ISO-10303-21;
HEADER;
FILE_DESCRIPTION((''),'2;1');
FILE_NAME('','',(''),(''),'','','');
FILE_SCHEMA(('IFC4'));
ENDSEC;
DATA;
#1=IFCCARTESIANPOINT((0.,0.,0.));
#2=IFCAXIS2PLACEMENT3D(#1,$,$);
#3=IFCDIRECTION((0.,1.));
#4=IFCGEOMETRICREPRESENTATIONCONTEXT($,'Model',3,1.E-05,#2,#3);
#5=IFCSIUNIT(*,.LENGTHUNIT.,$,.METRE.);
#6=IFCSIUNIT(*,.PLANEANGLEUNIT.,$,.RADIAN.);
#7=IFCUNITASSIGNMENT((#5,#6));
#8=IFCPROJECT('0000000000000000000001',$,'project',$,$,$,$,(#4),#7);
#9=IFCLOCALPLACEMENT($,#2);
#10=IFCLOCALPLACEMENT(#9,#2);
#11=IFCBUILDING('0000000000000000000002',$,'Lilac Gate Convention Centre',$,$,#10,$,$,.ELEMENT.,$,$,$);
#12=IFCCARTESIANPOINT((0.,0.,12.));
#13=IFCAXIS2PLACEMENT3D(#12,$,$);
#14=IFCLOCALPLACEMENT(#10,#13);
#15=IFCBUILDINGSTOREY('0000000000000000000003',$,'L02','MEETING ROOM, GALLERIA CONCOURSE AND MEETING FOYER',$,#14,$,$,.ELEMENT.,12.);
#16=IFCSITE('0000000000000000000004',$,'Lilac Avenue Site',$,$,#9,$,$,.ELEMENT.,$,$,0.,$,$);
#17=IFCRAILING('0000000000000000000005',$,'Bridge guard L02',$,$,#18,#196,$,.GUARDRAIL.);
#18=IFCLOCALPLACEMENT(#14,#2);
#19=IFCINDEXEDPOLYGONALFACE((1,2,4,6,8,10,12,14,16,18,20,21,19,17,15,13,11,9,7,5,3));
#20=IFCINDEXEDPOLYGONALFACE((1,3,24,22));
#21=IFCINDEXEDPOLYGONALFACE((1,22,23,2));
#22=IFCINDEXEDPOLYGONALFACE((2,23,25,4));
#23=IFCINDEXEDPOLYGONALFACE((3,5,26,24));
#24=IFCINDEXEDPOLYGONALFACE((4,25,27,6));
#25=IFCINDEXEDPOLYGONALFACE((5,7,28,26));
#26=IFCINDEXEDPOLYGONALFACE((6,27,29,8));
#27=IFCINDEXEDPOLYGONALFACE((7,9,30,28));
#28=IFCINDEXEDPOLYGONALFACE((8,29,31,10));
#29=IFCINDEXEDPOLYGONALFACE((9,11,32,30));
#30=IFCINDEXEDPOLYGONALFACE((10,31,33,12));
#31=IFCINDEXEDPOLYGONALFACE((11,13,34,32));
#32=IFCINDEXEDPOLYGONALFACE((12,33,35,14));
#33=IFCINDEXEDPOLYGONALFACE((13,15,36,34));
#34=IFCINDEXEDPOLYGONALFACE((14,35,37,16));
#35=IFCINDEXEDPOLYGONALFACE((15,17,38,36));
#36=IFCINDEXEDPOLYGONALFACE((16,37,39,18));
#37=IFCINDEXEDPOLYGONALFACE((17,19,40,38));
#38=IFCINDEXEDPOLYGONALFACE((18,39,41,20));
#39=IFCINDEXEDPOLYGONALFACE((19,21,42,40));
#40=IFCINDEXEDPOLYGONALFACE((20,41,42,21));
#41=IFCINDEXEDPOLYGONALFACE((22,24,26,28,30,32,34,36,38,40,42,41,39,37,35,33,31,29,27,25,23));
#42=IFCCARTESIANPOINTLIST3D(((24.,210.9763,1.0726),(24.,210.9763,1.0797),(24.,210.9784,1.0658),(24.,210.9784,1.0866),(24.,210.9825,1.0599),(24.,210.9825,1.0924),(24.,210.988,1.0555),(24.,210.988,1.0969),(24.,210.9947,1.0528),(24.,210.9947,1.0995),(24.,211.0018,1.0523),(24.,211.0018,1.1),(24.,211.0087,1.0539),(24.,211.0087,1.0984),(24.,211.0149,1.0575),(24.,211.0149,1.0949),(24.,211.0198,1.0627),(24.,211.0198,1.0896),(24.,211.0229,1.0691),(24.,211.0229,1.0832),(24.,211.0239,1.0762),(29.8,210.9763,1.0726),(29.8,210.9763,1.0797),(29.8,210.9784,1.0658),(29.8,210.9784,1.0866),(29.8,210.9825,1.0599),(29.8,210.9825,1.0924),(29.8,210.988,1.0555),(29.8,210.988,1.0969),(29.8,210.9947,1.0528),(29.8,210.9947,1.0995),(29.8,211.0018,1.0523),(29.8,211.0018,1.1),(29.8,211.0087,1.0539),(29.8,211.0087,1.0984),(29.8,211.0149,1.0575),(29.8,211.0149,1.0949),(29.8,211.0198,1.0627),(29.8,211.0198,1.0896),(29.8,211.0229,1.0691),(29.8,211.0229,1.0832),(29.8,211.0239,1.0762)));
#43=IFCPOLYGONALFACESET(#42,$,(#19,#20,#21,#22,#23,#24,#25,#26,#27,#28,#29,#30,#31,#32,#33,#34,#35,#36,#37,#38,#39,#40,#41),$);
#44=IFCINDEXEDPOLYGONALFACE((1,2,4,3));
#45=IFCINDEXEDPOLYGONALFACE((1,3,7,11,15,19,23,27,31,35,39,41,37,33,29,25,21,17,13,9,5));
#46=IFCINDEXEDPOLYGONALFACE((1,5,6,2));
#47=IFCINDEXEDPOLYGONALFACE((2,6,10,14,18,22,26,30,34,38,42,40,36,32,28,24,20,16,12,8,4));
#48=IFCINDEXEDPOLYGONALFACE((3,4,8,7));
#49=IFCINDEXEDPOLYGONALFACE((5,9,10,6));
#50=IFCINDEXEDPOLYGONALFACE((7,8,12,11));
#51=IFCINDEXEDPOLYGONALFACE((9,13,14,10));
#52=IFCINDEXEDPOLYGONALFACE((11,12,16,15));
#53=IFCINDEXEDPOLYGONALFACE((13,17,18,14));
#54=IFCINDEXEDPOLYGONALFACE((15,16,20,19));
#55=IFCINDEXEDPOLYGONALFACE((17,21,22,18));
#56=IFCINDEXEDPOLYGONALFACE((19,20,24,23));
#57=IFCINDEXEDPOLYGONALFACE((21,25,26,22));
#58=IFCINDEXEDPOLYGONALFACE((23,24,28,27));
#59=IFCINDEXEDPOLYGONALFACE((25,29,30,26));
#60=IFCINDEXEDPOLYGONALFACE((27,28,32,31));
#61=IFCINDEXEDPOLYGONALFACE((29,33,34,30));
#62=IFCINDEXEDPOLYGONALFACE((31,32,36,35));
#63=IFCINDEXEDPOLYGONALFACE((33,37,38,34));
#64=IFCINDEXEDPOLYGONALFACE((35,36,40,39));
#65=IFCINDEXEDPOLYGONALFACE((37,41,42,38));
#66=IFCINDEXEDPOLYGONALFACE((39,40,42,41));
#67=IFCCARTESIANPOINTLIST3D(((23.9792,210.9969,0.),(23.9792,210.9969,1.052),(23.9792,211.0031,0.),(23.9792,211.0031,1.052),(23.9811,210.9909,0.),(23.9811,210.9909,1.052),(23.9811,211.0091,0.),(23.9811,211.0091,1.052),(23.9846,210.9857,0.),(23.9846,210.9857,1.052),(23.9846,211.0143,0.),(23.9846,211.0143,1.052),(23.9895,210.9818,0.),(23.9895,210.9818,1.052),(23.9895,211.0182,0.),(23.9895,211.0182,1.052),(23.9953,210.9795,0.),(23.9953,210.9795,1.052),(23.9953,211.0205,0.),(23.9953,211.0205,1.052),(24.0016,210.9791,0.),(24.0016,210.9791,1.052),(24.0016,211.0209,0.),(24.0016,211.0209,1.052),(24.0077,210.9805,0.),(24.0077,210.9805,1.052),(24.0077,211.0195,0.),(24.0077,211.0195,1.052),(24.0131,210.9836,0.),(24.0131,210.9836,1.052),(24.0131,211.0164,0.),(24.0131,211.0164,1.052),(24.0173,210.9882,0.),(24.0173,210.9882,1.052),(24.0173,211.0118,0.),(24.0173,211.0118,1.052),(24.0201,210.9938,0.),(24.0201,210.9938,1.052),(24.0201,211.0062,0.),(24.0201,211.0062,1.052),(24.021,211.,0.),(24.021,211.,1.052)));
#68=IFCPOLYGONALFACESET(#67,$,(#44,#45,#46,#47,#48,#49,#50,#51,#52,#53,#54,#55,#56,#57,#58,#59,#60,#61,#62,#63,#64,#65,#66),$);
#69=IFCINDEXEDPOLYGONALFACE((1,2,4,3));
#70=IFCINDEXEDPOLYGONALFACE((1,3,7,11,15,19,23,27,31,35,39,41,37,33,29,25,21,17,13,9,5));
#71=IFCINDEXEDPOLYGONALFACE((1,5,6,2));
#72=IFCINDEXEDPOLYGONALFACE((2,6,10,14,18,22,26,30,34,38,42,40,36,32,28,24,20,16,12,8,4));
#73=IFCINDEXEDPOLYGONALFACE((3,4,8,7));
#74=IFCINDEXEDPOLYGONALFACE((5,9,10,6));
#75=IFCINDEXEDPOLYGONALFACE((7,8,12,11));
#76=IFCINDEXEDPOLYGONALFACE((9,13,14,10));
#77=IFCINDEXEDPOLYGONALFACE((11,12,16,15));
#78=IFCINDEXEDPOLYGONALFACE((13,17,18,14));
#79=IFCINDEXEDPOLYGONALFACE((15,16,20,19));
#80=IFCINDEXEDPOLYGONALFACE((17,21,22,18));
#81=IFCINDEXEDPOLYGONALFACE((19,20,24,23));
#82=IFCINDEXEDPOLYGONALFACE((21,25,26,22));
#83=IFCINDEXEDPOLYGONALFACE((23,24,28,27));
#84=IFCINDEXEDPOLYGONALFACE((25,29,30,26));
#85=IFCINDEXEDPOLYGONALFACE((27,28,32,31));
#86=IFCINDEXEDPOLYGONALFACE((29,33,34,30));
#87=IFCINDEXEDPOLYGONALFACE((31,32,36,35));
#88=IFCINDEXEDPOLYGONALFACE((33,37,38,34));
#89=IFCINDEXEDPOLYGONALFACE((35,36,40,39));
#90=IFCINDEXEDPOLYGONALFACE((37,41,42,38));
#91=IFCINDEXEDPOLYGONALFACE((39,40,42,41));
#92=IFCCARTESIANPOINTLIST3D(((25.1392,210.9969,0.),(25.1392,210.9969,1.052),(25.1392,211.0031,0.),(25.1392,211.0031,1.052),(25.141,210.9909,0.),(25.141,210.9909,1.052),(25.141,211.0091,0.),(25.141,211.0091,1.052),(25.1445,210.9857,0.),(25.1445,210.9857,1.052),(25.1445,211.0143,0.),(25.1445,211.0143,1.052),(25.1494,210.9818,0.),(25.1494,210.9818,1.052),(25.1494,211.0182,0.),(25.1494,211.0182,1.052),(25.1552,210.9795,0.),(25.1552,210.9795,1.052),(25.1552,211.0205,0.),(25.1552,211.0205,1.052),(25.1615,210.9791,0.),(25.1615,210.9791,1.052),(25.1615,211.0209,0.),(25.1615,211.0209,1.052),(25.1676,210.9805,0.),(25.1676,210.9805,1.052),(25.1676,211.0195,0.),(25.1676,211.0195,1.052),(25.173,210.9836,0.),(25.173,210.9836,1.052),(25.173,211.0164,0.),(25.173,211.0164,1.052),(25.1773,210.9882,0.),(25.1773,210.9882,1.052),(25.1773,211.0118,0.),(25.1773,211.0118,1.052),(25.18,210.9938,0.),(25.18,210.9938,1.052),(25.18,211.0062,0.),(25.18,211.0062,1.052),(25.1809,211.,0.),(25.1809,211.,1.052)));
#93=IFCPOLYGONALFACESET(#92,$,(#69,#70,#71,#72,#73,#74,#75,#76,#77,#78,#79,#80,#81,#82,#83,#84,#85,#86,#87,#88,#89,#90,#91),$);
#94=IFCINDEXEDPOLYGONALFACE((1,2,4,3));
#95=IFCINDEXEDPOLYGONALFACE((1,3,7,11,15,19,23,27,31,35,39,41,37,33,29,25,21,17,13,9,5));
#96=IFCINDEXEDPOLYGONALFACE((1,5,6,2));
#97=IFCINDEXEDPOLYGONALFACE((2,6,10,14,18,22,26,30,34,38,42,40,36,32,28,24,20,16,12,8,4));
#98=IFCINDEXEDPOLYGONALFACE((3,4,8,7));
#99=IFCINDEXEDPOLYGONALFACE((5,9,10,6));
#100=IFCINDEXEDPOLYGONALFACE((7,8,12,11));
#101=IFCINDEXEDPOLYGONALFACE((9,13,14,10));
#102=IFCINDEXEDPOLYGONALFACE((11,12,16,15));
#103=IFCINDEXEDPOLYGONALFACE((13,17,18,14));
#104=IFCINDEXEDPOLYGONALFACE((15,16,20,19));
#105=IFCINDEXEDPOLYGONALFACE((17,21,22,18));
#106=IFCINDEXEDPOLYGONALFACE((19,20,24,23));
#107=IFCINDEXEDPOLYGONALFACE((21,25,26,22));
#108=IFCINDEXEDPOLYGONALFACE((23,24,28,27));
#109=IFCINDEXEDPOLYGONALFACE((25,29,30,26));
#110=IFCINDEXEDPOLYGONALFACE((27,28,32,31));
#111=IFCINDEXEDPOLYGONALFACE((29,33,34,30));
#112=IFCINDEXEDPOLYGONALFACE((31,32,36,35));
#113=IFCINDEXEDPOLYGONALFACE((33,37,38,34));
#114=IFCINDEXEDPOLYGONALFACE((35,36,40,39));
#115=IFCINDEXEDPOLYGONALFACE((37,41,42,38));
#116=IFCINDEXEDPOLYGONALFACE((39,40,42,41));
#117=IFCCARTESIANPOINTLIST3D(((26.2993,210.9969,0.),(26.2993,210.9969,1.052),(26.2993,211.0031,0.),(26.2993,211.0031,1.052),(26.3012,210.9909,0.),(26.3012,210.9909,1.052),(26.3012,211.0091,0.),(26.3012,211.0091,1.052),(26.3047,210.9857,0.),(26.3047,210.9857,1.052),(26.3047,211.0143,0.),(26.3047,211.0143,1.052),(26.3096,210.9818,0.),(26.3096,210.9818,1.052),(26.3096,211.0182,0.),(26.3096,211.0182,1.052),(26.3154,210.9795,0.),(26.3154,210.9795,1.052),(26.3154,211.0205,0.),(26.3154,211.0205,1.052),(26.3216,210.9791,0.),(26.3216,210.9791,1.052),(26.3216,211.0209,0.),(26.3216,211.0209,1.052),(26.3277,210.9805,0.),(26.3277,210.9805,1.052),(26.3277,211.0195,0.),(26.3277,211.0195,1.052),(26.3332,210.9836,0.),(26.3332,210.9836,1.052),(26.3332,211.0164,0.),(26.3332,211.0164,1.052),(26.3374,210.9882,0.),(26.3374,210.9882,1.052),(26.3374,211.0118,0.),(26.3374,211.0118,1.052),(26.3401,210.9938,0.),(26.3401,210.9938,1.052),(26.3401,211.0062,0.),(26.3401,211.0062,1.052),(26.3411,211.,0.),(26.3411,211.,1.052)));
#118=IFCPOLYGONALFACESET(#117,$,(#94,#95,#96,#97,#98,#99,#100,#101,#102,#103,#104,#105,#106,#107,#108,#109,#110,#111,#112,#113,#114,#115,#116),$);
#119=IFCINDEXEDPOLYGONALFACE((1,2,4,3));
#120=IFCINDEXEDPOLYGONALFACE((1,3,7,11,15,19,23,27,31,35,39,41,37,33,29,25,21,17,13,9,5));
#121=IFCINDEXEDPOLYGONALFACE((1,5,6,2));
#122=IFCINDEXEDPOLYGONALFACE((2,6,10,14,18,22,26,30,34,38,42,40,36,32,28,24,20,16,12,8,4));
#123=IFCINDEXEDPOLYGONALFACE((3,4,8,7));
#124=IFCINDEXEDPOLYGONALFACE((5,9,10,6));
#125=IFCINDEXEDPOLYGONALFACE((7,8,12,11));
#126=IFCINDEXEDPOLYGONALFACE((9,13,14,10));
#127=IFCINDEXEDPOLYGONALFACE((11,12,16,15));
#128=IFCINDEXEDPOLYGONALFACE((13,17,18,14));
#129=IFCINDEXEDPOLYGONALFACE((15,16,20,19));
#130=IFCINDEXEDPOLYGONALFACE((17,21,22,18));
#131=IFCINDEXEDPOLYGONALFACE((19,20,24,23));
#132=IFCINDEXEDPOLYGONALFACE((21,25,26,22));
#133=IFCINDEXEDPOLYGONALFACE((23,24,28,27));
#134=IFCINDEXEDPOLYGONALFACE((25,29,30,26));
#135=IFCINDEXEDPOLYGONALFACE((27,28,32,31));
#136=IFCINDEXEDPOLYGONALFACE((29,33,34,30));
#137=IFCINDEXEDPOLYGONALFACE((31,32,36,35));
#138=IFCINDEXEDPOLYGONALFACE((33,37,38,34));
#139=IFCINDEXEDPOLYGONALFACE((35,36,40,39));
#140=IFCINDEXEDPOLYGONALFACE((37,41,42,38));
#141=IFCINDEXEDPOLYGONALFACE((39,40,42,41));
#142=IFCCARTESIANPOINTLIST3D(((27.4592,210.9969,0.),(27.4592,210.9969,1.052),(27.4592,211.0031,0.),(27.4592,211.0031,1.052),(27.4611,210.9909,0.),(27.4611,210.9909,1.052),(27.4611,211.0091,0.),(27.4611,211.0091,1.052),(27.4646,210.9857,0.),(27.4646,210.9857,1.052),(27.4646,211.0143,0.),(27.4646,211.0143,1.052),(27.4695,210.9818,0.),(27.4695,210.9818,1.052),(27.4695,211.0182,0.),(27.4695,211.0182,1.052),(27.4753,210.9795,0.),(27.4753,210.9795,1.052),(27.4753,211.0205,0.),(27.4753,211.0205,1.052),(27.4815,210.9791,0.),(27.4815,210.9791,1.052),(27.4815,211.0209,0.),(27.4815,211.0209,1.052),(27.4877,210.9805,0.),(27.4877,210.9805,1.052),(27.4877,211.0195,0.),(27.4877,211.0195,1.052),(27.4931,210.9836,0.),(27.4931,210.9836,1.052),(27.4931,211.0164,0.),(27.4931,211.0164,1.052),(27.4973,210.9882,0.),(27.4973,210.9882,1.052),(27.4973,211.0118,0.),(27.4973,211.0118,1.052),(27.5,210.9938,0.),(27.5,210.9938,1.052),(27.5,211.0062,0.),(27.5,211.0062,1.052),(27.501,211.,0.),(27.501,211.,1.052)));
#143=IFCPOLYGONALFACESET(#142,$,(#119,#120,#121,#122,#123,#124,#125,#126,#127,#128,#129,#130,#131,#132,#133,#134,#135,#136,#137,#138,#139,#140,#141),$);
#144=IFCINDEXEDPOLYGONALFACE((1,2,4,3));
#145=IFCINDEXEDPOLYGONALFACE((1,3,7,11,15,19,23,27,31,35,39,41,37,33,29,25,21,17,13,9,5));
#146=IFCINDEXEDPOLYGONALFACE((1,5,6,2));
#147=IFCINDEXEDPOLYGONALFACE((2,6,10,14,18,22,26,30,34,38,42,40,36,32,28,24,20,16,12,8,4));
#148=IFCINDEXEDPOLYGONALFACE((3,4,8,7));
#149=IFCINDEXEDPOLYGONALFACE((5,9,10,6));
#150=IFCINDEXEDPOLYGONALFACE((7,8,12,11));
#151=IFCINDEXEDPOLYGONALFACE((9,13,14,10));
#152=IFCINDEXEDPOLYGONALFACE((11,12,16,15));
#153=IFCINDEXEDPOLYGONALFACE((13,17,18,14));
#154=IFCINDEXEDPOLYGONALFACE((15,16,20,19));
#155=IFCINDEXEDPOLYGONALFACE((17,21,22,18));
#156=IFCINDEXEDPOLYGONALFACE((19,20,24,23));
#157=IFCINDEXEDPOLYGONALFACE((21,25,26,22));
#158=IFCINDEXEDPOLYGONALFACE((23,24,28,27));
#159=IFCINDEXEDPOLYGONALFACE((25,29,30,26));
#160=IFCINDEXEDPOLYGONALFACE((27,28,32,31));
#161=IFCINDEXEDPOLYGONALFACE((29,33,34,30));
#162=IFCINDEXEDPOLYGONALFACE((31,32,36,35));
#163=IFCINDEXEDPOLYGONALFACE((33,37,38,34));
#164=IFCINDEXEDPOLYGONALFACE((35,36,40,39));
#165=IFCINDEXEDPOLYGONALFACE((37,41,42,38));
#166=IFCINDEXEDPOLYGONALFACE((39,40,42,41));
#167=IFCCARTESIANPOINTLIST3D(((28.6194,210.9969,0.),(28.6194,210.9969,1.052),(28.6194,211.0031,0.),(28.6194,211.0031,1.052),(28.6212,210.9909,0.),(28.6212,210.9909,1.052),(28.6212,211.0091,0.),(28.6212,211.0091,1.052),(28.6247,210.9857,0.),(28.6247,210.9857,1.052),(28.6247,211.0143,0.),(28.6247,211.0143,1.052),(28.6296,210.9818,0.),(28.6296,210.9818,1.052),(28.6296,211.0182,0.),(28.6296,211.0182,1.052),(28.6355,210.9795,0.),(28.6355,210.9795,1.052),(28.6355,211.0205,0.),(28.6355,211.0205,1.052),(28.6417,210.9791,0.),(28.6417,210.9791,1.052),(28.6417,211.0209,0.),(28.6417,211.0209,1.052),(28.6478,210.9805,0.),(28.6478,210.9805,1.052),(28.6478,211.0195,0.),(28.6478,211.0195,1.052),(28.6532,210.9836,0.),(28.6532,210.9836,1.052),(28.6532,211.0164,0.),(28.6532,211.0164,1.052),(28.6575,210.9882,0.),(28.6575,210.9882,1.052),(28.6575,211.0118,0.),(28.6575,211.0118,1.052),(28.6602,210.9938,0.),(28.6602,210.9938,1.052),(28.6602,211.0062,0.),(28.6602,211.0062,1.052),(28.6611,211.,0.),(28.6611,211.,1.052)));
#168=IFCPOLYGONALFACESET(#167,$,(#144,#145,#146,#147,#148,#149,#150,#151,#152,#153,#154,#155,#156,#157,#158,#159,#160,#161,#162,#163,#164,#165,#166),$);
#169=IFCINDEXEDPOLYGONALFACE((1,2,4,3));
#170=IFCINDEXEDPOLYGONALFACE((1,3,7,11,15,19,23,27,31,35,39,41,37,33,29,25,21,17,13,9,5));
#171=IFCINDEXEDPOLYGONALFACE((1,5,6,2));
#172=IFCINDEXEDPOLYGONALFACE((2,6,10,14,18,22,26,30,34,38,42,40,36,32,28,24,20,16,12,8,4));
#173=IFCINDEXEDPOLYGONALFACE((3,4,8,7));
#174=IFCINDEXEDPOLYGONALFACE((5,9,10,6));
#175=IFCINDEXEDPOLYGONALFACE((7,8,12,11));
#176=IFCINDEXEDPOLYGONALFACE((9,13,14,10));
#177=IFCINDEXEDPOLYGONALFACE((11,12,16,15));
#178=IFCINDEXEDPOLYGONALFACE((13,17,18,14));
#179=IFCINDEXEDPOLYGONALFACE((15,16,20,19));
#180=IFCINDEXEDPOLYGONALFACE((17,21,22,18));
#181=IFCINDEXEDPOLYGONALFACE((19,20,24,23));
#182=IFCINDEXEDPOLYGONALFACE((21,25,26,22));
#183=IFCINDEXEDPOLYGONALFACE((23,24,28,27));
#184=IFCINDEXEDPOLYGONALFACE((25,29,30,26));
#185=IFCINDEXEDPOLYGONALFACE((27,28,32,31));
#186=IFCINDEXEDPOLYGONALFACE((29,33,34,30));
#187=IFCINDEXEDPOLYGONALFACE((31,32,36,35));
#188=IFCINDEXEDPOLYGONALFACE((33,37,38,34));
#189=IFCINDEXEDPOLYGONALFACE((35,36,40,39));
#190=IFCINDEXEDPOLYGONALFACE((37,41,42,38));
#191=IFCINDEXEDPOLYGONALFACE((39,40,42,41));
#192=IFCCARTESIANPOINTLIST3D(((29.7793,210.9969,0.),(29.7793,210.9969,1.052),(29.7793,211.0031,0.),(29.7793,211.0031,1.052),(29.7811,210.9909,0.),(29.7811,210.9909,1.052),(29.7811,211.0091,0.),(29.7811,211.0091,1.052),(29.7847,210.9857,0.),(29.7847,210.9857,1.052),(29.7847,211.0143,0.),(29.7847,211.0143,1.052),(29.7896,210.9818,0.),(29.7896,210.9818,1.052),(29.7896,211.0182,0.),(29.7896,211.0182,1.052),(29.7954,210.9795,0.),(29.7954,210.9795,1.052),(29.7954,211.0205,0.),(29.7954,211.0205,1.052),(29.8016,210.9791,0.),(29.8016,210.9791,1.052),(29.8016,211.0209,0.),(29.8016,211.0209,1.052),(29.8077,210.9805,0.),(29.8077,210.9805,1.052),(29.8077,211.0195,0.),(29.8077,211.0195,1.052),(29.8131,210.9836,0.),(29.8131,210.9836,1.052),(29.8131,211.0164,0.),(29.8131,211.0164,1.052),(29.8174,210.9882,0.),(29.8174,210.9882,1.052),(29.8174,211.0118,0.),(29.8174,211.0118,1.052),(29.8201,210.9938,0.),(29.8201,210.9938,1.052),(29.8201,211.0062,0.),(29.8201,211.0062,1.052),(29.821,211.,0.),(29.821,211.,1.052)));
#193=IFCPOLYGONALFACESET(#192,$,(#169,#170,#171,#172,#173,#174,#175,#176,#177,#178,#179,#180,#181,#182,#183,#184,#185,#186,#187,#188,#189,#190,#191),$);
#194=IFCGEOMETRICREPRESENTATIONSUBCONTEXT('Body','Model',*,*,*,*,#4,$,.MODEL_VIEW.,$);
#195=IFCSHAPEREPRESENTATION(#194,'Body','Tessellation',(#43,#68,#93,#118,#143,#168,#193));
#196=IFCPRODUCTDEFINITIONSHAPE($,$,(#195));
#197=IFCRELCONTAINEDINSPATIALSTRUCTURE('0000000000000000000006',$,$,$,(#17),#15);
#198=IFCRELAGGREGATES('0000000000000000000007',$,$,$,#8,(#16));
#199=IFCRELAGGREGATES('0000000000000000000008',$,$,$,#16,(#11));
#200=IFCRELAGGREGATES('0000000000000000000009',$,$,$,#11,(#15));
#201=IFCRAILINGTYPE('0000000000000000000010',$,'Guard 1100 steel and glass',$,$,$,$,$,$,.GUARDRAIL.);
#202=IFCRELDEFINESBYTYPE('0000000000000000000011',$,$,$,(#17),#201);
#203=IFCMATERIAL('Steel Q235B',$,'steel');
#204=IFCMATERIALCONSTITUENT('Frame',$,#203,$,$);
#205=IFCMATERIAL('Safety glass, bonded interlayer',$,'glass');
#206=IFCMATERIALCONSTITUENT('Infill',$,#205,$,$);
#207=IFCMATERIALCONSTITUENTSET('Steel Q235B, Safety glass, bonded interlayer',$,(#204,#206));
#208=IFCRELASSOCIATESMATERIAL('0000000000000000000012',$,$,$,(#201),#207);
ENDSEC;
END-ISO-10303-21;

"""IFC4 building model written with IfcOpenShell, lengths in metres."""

from ifc_helpers import new_model, si_unit, direction, frame, origin, origin_2d, place, context, subcontext, project, spatial, circle, extrude, material, constituent, constituent_set, type_object, element, save


model = new_model("IFC4")

# Units and contexts
model_context = context("Model", 3, precision=1e-05, world=origin(), true_north=direction((0.0, 1.0)))
body_context = subcontext(model_context, "Body", "Model", "MODEL_VIEW")
ifc_project = project(units=[si_unit("LENGTHUNIT", "METRE"), si_unit("PLANEANGLEUNIT", "RADIAN")], contexts=[model_context])

# Site, building, storey
site_placement = place(None, origin())
site = spatial("IfcSite", under=ifc_project, at=site_placement, Name="Lilac Avenue Site", CompositionType="ELEMENT", RefElevation=0.0)
building_placement = place(site_placement, origin())
building = spatial("IfcBuilding", under=site, at=building_placement, Name="Lilac Gate Convention Centre", CompositionType="ELEMENT")
storey_placement = place(building_placement, frame((0.0, 0.0, 12.0)))
storey = spatial("IfcBuildingStorey", under=building, at=storey_placement, Name="L02", Description="MEETING ROOM, GALLERIA CONCOURSE AND MEETING FOYER", CompositionType="ELEMENT", Elevation=12.0)

# Shared definitions
ifc_material_1 = material(Name="Steel Q235B", Category="steel")

# Railing
ifc_constituent_1 = constituent(ifc_material_1, Name="Frame")
ifc_material_2 = material(Name="Safety glass, bonded interlayer", Category="glass")
ifc_constituent_2 = constituent(ifc_material_2, Name="Infill")
ifc_constituent_set = constituent_set(constituents=[ifc_constituent_1, ifc_constituent_2], Name="Steel Q235B, Safety glass, bonded interlayer")
railing_type = type_object("IfcRailingType", Name="Guard 1100 steel and glass", PredefinedType="GUARDRAIL", material=ifc_constituent_set)
for number, where, name in (
    (1, (24.0, 211.0, 0.0), "Bridge guard L02"),
):
    element("IfcRailing", number, at=place(storey_placement, frame(where)), inside=storey, type_object=railing_type, Name=name, PredefinedType="GUARDRAIL", context=body_context, shape_type="SweptSolid", body=[
        extrude(circle(Radius=0.0239, at=origin_2d()), frame((0.0, 0.0, 1.0762), z_axis=(1.0, 0.0, 0.0), x_axis=(0.0, 1.0, 0.0)), (0.0, 0.0, 1.0), 5.8),
        extrude(circle(Radius=0.021, at=origin_2d()), origin(), (0.0, 0.0, 1.0), 1.052),
        extrude(circle(Radius=0.021, at=origin_2d()), frame((1.1599, 0.0, 0.0)), (0.0, 0.0, 1.0), 1.052),
        extrude(circle(Radius=0.021, at=origin_2d()), frame((2.3201, 0.0, 0.0)), (0.0, 0.0, 1.0), 1.052),
        extrude(circle(Radius=0.021, at=origin_2d()), frame((3.48, 0.0, 0.0)), (0.0, 0.0, 1.0), 1.052),
        extrude(circle(Radius=0.021, at=origin_2d()), frame((4.6401, 0.0, 0.0)), (0.0, 0.0, 1.0), 1.052),
        extrude(circle(Radius=0.021, at=origin_2d()), frame((5.8, 0.0, 0.0)), (0.0, 0.0, 1.0), 1.052),
    ])

save(model, "model.ifc")
